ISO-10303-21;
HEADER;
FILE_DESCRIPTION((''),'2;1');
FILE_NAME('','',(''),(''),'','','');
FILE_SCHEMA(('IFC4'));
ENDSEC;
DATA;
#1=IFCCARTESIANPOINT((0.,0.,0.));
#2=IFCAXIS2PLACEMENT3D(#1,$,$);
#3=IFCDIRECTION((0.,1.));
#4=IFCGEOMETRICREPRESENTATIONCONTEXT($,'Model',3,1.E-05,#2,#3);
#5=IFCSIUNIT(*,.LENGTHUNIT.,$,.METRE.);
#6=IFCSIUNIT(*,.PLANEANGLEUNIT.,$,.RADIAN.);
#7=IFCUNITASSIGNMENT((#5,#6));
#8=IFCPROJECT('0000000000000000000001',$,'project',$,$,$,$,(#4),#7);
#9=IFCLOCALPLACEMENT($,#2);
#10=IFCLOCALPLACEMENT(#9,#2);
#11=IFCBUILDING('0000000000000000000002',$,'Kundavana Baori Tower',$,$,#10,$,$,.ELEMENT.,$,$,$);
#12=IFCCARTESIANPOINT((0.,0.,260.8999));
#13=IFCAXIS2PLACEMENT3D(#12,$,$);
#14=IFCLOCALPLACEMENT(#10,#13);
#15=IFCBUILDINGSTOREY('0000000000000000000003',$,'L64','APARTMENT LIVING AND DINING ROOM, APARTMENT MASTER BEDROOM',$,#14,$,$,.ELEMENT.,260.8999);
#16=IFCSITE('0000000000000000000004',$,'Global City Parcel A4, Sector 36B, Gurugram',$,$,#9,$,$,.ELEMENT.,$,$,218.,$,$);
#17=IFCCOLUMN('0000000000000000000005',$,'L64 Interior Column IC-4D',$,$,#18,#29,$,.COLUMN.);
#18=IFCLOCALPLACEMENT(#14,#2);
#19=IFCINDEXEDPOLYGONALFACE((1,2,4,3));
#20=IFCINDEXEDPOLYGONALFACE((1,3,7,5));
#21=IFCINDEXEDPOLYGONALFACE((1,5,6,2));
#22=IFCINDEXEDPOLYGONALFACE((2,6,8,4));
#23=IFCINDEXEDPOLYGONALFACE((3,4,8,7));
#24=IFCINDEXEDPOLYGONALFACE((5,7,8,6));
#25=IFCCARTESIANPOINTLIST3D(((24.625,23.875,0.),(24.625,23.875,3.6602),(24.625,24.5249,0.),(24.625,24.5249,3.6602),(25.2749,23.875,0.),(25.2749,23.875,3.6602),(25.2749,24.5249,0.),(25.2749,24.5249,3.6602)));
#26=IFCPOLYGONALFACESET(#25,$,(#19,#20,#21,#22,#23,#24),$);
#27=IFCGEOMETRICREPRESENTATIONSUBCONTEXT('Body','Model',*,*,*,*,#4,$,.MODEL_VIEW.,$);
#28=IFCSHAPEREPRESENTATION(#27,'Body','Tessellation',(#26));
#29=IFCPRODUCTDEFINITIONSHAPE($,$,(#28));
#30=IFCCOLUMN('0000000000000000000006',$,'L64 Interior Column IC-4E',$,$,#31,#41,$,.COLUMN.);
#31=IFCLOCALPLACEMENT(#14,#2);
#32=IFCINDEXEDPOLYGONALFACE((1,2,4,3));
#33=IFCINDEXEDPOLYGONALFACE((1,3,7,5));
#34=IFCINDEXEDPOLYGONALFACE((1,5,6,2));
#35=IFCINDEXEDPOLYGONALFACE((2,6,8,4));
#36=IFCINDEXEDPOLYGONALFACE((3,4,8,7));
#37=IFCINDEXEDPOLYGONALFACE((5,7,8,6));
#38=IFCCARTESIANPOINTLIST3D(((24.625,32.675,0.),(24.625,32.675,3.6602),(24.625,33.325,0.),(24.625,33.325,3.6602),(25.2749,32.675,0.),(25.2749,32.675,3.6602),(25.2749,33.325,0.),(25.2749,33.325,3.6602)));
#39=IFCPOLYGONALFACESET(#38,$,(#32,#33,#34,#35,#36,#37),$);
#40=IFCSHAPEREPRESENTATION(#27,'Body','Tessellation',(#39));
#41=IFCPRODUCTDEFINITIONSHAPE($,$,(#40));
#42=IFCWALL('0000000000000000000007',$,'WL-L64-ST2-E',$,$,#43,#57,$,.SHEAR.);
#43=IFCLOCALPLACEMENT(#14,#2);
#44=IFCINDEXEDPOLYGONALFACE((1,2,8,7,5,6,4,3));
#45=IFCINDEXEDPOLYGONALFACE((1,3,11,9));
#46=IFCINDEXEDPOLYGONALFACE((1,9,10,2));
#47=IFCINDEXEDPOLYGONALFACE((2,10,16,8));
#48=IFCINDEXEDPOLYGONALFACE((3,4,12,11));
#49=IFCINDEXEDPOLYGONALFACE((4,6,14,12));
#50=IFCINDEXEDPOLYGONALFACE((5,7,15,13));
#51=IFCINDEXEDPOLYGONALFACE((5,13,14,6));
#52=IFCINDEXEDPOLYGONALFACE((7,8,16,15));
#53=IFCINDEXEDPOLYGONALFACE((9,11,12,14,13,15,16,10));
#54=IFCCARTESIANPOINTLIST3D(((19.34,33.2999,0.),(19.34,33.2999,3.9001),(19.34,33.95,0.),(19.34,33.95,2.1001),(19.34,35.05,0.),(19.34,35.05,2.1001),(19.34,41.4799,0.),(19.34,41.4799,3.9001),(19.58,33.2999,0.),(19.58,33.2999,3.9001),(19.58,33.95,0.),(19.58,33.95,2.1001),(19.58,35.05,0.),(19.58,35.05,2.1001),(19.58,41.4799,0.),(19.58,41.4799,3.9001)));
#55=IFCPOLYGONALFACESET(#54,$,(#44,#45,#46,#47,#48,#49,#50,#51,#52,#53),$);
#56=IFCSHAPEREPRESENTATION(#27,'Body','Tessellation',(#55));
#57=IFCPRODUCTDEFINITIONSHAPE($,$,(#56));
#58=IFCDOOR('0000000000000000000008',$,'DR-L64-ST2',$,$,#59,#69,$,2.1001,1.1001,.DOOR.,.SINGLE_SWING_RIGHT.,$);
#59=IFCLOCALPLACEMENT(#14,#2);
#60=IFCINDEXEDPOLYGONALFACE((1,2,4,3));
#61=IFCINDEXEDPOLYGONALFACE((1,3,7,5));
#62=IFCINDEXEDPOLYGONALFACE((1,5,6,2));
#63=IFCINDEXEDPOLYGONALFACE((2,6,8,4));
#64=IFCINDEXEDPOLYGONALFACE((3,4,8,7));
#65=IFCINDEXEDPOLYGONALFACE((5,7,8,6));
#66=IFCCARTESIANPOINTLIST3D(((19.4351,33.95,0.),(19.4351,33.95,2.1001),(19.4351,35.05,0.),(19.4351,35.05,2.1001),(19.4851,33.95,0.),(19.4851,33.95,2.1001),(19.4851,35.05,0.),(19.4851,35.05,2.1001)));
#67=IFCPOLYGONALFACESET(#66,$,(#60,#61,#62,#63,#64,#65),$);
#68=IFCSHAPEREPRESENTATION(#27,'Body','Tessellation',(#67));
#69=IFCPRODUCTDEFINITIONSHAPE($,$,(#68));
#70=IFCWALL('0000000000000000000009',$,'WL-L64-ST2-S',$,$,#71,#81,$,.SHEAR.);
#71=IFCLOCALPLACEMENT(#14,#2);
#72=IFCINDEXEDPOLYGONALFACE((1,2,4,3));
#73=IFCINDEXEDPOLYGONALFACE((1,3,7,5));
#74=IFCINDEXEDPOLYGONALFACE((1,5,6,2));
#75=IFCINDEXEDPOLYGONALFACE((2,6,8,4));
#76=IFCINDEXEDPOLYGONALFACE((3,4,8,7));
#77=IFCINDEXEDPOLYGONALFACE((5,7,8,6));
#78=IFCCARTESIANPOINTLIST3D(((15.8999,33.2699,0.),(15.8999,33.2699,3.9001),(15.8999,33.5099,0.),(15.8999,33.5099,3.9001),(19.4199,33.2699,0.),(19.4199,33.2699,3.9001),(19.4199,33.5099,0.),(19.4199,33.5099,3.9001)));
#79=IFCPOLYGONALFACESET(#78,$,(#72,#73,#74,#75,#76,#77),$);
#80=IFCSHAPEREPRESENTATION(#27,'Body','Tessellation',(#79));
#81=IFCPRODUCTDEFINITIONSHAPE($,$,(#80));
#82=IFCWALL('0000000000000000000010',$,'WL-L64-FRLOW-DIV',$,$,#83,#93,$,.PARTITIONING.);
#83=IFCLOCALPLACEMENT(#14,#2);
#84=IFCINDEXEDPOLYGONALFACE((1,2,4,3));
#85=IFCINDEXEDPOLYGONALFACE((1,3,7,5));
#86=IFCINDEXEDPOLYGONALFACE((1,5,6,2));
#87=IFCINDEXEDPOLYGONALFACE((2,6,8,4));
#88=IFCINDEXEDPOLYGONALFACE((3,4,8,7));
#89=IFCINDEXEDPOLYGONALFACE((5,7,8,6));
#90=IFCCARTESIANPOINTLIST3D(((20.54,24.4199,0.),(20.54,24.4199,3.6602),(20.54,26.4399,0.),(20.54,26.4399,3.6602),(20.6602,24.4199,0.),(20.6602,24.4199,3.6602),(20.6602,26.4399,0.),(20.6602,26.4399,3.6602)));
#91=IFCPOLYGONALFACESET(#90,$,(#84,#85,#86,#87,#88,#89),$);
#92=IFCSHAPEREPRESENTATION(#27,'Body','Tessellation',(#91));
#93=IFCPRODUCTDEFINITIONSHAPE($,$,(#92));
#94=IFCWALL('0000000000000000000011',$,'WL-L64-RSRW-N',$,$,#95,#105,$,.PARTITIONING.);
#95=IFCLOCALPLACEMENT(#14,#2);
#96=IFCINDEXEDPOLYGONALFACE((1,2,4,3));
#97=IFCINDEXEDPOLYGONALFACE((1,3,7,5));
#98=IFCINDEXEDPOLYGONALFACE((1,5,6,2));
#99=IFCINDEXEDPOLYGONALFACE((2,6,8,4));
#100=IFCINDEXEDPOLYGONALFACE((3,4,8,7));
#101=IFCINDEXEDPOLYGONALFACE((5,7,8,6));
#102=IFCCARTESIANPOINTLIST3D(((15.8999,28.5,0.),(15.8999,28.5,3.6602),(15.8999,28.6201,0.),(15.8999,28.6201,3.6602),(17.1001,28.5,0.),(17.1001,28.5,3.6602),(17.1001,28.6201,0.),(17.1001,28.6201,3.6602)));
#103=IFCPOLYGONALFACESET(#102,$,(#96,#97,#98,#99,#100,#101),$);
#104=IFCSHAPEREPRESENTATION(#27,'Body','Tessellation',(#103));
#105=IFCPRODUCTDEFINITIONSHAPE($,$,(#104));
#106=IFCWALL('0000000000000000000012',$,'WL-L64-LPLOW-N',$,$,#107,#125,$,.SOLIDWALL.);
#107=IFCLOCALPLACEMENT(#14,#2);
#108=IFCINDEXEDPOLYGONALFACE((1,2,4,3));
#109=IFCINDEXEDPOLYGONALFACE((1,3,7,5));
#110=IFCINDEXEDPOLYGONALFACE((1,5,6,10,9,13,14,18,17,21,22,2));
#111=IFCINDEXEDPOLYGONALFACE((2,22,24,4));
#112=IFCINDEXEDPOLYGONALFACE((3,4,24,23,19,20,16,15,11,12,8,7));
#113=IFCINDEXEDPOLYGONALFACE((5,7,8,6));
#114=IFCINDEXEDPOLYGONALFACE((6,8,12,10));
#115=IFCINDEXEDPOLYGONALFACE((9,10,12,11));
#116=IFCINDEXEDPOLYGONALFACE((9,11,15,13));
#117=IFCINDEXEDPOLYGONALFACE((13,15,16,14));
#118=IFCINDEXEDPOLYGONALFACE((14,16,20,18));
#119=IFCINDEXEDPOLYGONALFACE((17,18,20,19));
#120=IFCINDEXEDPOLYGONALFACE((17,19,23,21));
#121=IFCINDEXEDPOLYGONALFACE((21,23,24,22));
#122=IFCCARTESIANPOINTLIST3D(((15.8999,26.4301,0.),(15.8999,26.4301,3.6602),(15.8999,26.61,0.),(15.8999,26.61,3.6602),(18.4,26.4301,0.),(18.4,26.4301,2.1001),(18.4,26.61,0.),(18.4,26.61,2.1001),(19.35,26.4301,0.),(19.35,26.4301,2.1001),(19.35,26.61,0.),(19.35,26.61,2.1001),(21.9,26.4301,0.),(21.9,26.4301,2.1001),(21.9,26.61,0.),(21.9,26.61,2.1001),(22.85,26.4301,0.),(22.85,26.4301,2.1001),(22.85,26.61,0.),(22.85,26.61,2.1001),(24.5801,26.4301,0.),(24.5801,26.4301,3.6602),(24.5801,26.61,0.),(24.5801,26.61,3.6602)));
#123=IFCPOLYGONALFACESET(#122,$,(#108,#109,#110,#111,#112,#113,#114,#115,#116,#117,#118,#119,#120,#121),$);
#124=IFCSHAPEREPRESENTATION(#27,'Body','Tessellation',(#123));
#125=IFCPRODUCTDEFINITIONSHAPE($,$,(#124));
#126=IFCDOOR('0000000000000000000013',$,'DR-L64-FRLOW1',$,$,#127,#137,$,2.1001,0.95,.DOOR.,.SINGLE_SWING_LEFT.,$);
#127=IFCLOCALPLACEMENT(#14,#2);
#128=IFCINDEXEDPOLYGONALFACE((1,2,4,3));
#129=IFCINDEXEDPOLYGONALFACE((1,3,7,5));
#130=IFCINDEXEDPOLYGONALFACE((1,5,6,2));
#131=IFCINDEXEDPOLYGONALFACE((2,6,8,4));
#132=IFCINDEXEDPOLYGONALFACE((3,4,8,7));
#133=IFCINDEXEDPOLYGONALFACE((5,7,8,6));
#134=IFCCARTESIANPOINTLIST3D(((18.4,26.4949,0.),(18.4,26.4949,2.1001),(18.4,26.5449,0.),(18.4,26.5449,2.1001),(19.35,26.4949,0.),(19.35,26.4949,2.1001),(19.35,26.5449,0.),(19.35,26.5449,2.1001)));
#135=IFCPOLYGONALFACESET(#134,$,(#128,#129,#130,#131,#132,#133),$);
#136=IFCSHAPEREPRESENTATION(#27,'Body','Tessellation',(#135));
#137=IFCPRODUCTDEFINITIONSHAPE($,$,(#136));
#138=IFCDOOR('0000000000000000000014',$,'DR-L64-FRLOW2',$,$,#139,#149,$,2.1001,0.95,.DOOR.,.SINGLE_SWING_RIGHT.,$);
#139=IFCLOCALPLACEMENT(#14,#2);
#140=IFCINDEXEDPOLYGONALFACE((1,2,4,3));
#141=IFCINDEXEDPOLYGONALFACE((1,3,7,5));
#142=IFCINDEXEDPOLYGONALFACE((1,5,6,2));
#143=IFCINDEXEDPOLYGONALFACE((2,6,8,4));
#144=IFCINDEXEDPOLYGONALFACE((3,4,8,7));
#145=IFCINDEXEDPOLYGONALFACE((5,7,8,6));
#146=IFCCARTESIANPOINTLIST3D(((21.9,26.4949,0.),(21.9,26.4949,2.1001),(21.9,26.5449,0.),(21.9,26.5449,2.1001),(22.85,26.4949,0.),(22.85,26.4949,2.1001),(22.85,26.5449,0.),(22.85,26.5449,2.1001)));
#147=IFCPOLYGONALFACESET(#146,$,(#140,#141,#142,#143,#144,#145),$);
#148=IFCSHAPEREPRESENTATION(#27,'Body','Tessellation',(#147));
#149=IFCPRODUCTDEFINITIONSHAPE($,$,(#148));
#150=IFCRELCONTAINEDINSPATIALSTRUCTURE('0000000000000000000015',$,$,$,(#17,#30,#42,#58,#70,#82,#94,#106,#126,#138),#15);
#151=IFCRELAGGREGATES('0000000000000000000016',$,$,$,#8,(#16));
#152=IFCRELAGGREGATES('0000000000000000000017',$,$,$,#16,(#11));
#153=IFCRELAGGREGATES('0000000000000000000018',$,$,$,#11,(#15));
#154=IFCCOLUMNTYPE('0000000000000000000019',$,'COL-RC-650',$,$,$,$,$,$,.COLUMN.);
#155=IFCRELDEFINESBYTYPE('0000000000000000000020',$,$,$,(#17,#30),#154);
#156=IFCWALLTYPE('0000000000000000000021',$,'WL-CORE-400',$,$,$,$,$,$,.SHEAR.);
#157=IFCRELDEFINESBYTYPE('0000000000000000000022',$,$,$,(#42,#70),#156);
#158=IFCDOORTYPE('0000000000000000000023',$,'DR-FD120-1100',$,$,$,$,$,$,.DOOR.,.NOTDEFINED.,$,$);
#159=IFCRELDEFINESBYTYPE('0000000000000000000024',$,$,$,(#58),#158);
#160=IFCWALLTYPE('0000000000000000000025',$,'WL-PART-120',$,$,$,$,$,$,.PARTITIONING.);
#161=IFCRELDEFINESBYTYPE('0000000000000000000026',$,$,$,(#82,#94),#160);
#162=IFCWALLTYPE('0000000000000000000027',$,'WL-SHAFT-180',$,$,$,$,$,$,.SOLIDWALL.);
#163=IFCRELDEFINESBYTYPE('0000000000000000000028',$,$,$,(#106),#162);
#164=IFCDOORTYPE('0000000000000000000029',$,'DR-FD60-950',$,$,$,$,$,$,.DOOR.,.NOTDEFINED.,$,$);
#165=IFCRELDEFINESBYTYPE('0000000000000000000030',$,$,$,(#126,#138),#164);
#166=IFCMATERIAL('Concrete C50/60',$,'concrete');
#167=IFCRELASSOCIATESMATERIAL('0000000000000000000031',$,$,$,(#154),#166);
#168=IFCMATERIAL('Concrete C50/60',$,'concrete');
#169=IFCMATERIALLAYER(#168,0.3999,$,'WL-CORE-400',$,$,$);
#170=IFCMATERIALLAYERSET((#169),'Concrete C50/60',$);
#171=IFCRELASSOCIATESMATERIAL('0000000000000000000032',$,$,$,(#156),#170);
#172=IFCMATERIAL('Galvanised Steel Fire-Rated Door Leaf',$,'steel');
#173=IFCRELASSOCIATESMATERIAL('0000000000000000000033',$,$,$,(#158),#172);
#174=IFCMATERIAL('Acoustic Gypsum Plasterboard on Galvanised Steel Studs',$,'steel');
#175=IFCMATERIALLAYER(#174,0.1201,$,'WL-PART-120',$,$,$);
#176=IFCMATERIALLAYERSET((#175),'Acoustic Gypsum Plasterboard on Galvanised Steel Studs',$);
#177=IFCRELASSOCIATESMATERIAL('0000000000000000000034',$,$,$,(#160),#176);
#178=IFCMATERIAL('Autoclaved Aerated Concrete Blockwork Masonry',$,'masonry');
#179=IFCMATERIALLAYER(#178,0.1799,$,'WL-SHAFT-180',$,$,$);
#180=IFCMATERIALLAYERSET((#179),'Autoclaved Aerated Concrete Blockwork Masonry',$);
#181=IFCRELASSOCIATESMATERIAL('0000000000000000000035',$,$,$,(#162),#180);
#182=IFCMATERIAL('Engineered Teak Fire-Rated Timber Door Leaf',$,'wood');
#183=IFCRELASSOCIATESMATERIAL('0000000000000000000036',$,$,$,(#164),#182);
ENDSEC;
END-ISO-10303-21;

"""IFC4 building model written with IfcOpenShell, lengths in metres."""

from ifc_helpers import new_model, si_unit, direction, frame, frame_2d, origin, origin_2d, place, context, subcontext, project, spatial, rectangle, extrude, material, layer, layer_set, material_profile, profile_set, type_object, element, fill, save


model = new_model("IFC4")

# Units and contexts
model_context = context("Model", 3, precision=1e-05, world=origin(), true_north=direction((0.0, 1.0)))
body_context = subcontext(model_context, "Body", "Model", "MODEL_VIEW")
ifc_project = project(units=[si_unit("LENGTHUNIT", "METRE"), si_unit("PLANEANGLEUNIT", "RADIAN")], contexts=[model_context])

# Site, building, storey
site_placement = place(None, origin())
site = spatial("IfcSite", under=ifc_project, at=site_placement, Name="Global City Parcel A4, Sector 36B, Gurugram", CompositionType="ELEMENT", RefElevation=218.0)
building_placement = place(site_placement, origin())
building = spatial("IfcBuilding", under=site, at=building_placement, Name="Kundavana Baori Tower", CompositionType="ELEMENT")
storey_placement = place(building_placement, frame((0.0, 0.0, 260.8999)))
storey = spatial("IfcBuildingStorey", under=building, at=storey_placement, Name="L64", Description="APARTMENT LIVING AND DINING ROOM, APARTMENT MASTER BEDROOM", CompositionType="ELEMENT", Elevation=260.8999)

# Columns
ifc_material_1 = material(Name="Concrete C50/60", Category="concrete")
ifc_material_profile = material_profile(ifc_material_1, rectangle(XDim=0.6499, YDim=0.6499, at=origin_2d()), Name="RC 650x650")
ifc_profile_set = profile_set([ifc_material_profile], Name="Concrete C50/60")
column_type = type_object("IfcColumnType", Name="COL-RC-650", PredefinedType="COLUMN", material=ifc_profile_set)
for number, where, z_axis, x_axis, name in (
    (1, (24.95, 24.2, 0.0), (0.0, 0.0, 1.0), (1.0, 0.0, 0.0), "L64 Interior Column IC-4D"),
    (2, (24.95, 33.0, 0.0), (0.0, 0.0, 1.0), (1.0, 0.0, 0.0), "L64 Interior Column IC-4E"),
):
    element("IfcColumn", number, at=place(storey_placement, frame(where, z_axis=z_axis, x_axis=x_axis)), inside=storey, type_object=column_type, Name=name, PredefinedType="COLUMN", context=body_context, shape_type="SweptSolid", body=[
        extrude(rectangle(XDim=0.6499, YDim=0.6499, at=origin_2d()), origin(), (0.0, 0.0, 1.0), 3.6602),
    ])

# Wall, opening, door
ifc_material_2 = material(Name="Concrete C50/60", Category="concrete")
ifc_layer_1 = layer(ifc_material_2, 0.3999, Name="WL-CORE-400")
ifc_layer_set_1 = layer_set([ifc_layer_1], Name="Concrete C50/60")
wall_type_1 = type_object("IfcWallType", Name="WL-CORE-400", PredefinedType="SHEAR", material=ifc_layer_set_1)
wall_1_placement = place(storey_placement, frame((19.46, 33.3, 0.0), z_axis=(0.0, 0.0, 1.0), x_axis=(0.0, 1.0, 0.0)))
wall_1 = element("IfcWall", 3, at=wall_1_placement, inside=storey, type_object=wall_type_1, Name="WL-L64-ST2-E", PredefinedType="SHEAR", context=body_context, shape_type="SweptSolid", body=[
    extrude(rectangle(XDim=8.1799, YDim=0.24, at=frame_2d((4.0898, 0.0))), origin(), (0.0, 0.0, 1.0), 3.9001),
])
opening_1_placement = place(wall_1_placement, frame((0.6499, 0.0, 0.0)))
opening_1 = element("IfcOpeningElement", 4, at=opening_1_placement, cuts=wall_1, PredefinedType="OPENING", context=body_context, shape_type="SweptSolid", body=[
    extrude(rectangle(XDim=1.1001, YDim=2.1001, at=frame_2d((0.55, 1.05))), frame((0.0, 0.1299, 0.0), z_axis=(0.0, -1.0, 0.0), x_axis=(1.0, 0.0, 0.0)), (0.0, 0.0, 1.0), 0.26),
])
ifc_material_3 = material(Name="Galvanised Steel Fire-Rated Door Leaf", Category="steel")
door_type_1 = type_object("IfcDoorType", Name="DR-FD120-1100", OperationType="NOTDEFINED", PredefinedType="DOOR", material=ifc_material_3)
door_1_placement = place(opening_1_placement, origin())
door_1 = element("IfcDoor", 5, at=door_1_placement, inside=storey, type_object=door_type_1, Name="DR-L64-ST2", OperationType="SINGLE_SWING_RIGHT", OverallHeight=2.1001, OverallWidth=1.1001, PredefinedType="DOOR", context=body_context, shape_type="SweptSolid", body=[
    extrude(rectangle(XDim=1.1001, YDim=2.1001, at=frame_2d((0.55, 1.05))), frame((0.0, 0.0249, 0.0), z_axis=(0.0, -1.0, 0.0), x_axis=(1.0, 0.0, 0.0)), (0.0, 0.0, 1.0), 0.05),
])
fill(opening_1, door_1)

# Walls
wall_2_placement = place(storey_placement, frame((15.8999, 33.3899, 0.0), z_axis=(0.0, 0.0, 1.0), x_axis=(1.0, 0.0, 0.0)))
element("IfcWall", 6, at=wall_2_placement, inside=storey, type_object=wall_type_1, Name="WL-L64-ST2-S", PredefinedType="SHEAR", context=body_context, shape_type="SweptSolid", body=[
    extrude(rectangle(XDim=3.52, YDim=0.24, at=frame_2d((1.76, 0.0))), origin(), (0.0, 0.0, 1.0), 3.9001),
])
ifc_material_4 = material(Name="Acoustic Gypsum Plasterboard on Galvanised Steel Studs", Category="steel")
ifc_layer_2 = layer(ifc_material_4, 0.1201, Name="WL-PART-120")
ifc_layer_set_2 = layer_set([ifc_layer_2], Name="Acoustic Gypsum Plasterboard on Galvanised Steel Studs")
wall_type_2 = type_object("IfcWallType", Name="WL-PART-120", PredefinedType="PARTITIONING", material=ifc_layer_set_2)
wall_3_placement = place(storey_placement, frame((20.6001, 24.4199, 0.0), z_axis=(0.0, 0.0, 1.0), x_axis=(0.0, 1.0, 0.0)))
element("IfcWall", 7, at=wall_3_placement, inside=storey, type_object=wall_type_2, Name="WL-L64-FRLOW-DIV", PredefinedType="PARTITIONING", context=body_context, shape_type="SweptSolid", body=[
    extrude(rectangle(XDim=2.02, YDim=0.1201, at=frame_2d((1.01, 0.0))), origin(), (0.0, 0.0, 1.0), 3.6602),
])
wall_4_placement = place(storey_placement, frame((15.8999, 28.5601, 0.0), z_axis=(0.0, 0.0, 1.0), x_axis=(1.0, 0.0, 0.0)))
element("IfcWall", 8, at=wall_4_placement, inside=storey, type_object=wall_type_2, Name="WL-L64-RSRW-N", PredefinedType="PARTITIONING", context=body_context, shape_type="SweptSolid", body=[
    extrude(rectangle(XDim=1.2002, YDim=0.1201, at=frame_2d((0.6001, 0.0))), origin(), (0.0, 0.0, 1.0), 3.6602),
])

# Wall, openings, doors
ifc_material_5 = material(Name="Autoclaved Aerated Concrete Blockwork Masonry", Category="masonry")
ifc_layer_3 = layer(ifc_material_5, 0.1799, Name="WL-SHAFT-180")
ifc_layer_set_3 = layer_set([ifc_layer_3], Name="Autoclaved Aerated Concrete Blockwork Masonry")
wall_type_3 = type_object("IfcWallType", Name="WL-SHAFT-180", PredefinedType="SOLIDWALL", material=ifc_layer_set_3)
wall_5_placement = place(storey_placement, frame((15.8999, 26.52, 0.0), z_axis=(0.0, 0.0, 1.0), x_axis=(1.0, 0.0, 0.0)))
wall_5 = element("IfcWall", 9, at=wall_5_placement, inside=storey, type_object=wall_type_3, Name="WL-L64-LPLOW-N", PredefinedType="SOLIDWALL", context=body_context, shape_type="SweptSolid", body=[
    extrude(rectangle(XDim=8.6802, YDim=0.1799, at=frame_2d((4.3401, 0.0))), origin(), (0.0, 0.0, 1.0), 3.6602),
])
opening_2_placement = place(wall_5_placement, frame((2.5, 0.0, 0.0)))
opening_2 = element("IfcOpeningElement", 10, at=opening_2_placement, cuts=wall_5, PredefinedType="OPENING", context=body_context, shape_type="SweptSolid", body=[
    extrude(rectangle(XDim=0.95, YDim=2.1001, at=frame_2d((0.4751, 1.05))), frame((0.0, 0.1001, 0.0), z_axis=(0.0, -1.0, 0.0), x_axis=(1.0, 0.0, 0.0)), (0.0, 0.0, 1.0), 0.2),
])
opening_3_placement = place(wall_5_placement, frame((6.0, 0.0, 0.0)))
opening_3 = element("IfcOpeningElement", 11, at=opening_3_placement, cuts=wall_5, PredefinedType="OPENING", context=body_context, shape_type="SweptSolid", body=[
    extrude(rectangle(XDim=0.95, YDim=2.1001, at=frame_2d((0.4751, 1.05))), frame((0.0, 0.1001, 0.0), z_axis=(0.0, -1.0, 0.0), x_axis=(1.0, 0.0, 0.0)), (0.0, 0.0, 1.0), 0.2),
])
ifc_material_6 = material(Name="Engineered Teak Fire-Rated Timber Door Leaf", Category="wood")
door_type_2 = type_object("IfcDoorType", Name="DR-FD60-950", OperationType="NOTDEFINED", PredefinedType="DOOR", material=ifc_material_6)
door_2_placement = place(opening_2_placement, origin())
door_2 = element("IfcDoor", 12, at=door_2_placement, inside=storey, type_object=door_type_2, Name="DR-L64-FRLOW1", OperationType="SINGLE_SWING_LEFT", OverallHeight=2.1001, OverallWidth=0.95, PredefinedType="DOOR", context=body_context, shape_type="SweptSolid", body=[
    extrude(rectangle(XDim=0.95, YDim=2.1001, at=frame_2d((0.4751, 1.05))), frame((0.0, 0.0249, 0.0), z_axis=(0.0, -1.0, 0.0), x_axis=(1.0, 0.0, 0.0)), (0.0, 0.0, 1.0), 0.05),
])
fill(opening_2, door_2)
door_3_placement = place(opening_3_placement, origin())
door_3 = element("IfcDoor", 13, at=door_3_placement, inside=storey, type_object=door_type_2, Name="DR-L64-FRLOW2", OperationType="SINGLE_SWING_RIGHT", OverallHeight=2.1001, OverallWidth=0.95, PredefinedType="DOOR", context=body_context, shape_type="SweptSolid", body=[
    extrude(rectangle(XDim=0.95, YDim=2.1001, at=frame_2d((0.4751, 1.05))), frame((0.0, 0.0249, 0.0), z_axis=(0.0, -1.0, 0.0), x_axis=(1.0, 0.0, 0.0)), (0.0, 0.0, 1.0), 0.05),
])
fill(opening_3, door_3)

save(model, "model.ifc")
